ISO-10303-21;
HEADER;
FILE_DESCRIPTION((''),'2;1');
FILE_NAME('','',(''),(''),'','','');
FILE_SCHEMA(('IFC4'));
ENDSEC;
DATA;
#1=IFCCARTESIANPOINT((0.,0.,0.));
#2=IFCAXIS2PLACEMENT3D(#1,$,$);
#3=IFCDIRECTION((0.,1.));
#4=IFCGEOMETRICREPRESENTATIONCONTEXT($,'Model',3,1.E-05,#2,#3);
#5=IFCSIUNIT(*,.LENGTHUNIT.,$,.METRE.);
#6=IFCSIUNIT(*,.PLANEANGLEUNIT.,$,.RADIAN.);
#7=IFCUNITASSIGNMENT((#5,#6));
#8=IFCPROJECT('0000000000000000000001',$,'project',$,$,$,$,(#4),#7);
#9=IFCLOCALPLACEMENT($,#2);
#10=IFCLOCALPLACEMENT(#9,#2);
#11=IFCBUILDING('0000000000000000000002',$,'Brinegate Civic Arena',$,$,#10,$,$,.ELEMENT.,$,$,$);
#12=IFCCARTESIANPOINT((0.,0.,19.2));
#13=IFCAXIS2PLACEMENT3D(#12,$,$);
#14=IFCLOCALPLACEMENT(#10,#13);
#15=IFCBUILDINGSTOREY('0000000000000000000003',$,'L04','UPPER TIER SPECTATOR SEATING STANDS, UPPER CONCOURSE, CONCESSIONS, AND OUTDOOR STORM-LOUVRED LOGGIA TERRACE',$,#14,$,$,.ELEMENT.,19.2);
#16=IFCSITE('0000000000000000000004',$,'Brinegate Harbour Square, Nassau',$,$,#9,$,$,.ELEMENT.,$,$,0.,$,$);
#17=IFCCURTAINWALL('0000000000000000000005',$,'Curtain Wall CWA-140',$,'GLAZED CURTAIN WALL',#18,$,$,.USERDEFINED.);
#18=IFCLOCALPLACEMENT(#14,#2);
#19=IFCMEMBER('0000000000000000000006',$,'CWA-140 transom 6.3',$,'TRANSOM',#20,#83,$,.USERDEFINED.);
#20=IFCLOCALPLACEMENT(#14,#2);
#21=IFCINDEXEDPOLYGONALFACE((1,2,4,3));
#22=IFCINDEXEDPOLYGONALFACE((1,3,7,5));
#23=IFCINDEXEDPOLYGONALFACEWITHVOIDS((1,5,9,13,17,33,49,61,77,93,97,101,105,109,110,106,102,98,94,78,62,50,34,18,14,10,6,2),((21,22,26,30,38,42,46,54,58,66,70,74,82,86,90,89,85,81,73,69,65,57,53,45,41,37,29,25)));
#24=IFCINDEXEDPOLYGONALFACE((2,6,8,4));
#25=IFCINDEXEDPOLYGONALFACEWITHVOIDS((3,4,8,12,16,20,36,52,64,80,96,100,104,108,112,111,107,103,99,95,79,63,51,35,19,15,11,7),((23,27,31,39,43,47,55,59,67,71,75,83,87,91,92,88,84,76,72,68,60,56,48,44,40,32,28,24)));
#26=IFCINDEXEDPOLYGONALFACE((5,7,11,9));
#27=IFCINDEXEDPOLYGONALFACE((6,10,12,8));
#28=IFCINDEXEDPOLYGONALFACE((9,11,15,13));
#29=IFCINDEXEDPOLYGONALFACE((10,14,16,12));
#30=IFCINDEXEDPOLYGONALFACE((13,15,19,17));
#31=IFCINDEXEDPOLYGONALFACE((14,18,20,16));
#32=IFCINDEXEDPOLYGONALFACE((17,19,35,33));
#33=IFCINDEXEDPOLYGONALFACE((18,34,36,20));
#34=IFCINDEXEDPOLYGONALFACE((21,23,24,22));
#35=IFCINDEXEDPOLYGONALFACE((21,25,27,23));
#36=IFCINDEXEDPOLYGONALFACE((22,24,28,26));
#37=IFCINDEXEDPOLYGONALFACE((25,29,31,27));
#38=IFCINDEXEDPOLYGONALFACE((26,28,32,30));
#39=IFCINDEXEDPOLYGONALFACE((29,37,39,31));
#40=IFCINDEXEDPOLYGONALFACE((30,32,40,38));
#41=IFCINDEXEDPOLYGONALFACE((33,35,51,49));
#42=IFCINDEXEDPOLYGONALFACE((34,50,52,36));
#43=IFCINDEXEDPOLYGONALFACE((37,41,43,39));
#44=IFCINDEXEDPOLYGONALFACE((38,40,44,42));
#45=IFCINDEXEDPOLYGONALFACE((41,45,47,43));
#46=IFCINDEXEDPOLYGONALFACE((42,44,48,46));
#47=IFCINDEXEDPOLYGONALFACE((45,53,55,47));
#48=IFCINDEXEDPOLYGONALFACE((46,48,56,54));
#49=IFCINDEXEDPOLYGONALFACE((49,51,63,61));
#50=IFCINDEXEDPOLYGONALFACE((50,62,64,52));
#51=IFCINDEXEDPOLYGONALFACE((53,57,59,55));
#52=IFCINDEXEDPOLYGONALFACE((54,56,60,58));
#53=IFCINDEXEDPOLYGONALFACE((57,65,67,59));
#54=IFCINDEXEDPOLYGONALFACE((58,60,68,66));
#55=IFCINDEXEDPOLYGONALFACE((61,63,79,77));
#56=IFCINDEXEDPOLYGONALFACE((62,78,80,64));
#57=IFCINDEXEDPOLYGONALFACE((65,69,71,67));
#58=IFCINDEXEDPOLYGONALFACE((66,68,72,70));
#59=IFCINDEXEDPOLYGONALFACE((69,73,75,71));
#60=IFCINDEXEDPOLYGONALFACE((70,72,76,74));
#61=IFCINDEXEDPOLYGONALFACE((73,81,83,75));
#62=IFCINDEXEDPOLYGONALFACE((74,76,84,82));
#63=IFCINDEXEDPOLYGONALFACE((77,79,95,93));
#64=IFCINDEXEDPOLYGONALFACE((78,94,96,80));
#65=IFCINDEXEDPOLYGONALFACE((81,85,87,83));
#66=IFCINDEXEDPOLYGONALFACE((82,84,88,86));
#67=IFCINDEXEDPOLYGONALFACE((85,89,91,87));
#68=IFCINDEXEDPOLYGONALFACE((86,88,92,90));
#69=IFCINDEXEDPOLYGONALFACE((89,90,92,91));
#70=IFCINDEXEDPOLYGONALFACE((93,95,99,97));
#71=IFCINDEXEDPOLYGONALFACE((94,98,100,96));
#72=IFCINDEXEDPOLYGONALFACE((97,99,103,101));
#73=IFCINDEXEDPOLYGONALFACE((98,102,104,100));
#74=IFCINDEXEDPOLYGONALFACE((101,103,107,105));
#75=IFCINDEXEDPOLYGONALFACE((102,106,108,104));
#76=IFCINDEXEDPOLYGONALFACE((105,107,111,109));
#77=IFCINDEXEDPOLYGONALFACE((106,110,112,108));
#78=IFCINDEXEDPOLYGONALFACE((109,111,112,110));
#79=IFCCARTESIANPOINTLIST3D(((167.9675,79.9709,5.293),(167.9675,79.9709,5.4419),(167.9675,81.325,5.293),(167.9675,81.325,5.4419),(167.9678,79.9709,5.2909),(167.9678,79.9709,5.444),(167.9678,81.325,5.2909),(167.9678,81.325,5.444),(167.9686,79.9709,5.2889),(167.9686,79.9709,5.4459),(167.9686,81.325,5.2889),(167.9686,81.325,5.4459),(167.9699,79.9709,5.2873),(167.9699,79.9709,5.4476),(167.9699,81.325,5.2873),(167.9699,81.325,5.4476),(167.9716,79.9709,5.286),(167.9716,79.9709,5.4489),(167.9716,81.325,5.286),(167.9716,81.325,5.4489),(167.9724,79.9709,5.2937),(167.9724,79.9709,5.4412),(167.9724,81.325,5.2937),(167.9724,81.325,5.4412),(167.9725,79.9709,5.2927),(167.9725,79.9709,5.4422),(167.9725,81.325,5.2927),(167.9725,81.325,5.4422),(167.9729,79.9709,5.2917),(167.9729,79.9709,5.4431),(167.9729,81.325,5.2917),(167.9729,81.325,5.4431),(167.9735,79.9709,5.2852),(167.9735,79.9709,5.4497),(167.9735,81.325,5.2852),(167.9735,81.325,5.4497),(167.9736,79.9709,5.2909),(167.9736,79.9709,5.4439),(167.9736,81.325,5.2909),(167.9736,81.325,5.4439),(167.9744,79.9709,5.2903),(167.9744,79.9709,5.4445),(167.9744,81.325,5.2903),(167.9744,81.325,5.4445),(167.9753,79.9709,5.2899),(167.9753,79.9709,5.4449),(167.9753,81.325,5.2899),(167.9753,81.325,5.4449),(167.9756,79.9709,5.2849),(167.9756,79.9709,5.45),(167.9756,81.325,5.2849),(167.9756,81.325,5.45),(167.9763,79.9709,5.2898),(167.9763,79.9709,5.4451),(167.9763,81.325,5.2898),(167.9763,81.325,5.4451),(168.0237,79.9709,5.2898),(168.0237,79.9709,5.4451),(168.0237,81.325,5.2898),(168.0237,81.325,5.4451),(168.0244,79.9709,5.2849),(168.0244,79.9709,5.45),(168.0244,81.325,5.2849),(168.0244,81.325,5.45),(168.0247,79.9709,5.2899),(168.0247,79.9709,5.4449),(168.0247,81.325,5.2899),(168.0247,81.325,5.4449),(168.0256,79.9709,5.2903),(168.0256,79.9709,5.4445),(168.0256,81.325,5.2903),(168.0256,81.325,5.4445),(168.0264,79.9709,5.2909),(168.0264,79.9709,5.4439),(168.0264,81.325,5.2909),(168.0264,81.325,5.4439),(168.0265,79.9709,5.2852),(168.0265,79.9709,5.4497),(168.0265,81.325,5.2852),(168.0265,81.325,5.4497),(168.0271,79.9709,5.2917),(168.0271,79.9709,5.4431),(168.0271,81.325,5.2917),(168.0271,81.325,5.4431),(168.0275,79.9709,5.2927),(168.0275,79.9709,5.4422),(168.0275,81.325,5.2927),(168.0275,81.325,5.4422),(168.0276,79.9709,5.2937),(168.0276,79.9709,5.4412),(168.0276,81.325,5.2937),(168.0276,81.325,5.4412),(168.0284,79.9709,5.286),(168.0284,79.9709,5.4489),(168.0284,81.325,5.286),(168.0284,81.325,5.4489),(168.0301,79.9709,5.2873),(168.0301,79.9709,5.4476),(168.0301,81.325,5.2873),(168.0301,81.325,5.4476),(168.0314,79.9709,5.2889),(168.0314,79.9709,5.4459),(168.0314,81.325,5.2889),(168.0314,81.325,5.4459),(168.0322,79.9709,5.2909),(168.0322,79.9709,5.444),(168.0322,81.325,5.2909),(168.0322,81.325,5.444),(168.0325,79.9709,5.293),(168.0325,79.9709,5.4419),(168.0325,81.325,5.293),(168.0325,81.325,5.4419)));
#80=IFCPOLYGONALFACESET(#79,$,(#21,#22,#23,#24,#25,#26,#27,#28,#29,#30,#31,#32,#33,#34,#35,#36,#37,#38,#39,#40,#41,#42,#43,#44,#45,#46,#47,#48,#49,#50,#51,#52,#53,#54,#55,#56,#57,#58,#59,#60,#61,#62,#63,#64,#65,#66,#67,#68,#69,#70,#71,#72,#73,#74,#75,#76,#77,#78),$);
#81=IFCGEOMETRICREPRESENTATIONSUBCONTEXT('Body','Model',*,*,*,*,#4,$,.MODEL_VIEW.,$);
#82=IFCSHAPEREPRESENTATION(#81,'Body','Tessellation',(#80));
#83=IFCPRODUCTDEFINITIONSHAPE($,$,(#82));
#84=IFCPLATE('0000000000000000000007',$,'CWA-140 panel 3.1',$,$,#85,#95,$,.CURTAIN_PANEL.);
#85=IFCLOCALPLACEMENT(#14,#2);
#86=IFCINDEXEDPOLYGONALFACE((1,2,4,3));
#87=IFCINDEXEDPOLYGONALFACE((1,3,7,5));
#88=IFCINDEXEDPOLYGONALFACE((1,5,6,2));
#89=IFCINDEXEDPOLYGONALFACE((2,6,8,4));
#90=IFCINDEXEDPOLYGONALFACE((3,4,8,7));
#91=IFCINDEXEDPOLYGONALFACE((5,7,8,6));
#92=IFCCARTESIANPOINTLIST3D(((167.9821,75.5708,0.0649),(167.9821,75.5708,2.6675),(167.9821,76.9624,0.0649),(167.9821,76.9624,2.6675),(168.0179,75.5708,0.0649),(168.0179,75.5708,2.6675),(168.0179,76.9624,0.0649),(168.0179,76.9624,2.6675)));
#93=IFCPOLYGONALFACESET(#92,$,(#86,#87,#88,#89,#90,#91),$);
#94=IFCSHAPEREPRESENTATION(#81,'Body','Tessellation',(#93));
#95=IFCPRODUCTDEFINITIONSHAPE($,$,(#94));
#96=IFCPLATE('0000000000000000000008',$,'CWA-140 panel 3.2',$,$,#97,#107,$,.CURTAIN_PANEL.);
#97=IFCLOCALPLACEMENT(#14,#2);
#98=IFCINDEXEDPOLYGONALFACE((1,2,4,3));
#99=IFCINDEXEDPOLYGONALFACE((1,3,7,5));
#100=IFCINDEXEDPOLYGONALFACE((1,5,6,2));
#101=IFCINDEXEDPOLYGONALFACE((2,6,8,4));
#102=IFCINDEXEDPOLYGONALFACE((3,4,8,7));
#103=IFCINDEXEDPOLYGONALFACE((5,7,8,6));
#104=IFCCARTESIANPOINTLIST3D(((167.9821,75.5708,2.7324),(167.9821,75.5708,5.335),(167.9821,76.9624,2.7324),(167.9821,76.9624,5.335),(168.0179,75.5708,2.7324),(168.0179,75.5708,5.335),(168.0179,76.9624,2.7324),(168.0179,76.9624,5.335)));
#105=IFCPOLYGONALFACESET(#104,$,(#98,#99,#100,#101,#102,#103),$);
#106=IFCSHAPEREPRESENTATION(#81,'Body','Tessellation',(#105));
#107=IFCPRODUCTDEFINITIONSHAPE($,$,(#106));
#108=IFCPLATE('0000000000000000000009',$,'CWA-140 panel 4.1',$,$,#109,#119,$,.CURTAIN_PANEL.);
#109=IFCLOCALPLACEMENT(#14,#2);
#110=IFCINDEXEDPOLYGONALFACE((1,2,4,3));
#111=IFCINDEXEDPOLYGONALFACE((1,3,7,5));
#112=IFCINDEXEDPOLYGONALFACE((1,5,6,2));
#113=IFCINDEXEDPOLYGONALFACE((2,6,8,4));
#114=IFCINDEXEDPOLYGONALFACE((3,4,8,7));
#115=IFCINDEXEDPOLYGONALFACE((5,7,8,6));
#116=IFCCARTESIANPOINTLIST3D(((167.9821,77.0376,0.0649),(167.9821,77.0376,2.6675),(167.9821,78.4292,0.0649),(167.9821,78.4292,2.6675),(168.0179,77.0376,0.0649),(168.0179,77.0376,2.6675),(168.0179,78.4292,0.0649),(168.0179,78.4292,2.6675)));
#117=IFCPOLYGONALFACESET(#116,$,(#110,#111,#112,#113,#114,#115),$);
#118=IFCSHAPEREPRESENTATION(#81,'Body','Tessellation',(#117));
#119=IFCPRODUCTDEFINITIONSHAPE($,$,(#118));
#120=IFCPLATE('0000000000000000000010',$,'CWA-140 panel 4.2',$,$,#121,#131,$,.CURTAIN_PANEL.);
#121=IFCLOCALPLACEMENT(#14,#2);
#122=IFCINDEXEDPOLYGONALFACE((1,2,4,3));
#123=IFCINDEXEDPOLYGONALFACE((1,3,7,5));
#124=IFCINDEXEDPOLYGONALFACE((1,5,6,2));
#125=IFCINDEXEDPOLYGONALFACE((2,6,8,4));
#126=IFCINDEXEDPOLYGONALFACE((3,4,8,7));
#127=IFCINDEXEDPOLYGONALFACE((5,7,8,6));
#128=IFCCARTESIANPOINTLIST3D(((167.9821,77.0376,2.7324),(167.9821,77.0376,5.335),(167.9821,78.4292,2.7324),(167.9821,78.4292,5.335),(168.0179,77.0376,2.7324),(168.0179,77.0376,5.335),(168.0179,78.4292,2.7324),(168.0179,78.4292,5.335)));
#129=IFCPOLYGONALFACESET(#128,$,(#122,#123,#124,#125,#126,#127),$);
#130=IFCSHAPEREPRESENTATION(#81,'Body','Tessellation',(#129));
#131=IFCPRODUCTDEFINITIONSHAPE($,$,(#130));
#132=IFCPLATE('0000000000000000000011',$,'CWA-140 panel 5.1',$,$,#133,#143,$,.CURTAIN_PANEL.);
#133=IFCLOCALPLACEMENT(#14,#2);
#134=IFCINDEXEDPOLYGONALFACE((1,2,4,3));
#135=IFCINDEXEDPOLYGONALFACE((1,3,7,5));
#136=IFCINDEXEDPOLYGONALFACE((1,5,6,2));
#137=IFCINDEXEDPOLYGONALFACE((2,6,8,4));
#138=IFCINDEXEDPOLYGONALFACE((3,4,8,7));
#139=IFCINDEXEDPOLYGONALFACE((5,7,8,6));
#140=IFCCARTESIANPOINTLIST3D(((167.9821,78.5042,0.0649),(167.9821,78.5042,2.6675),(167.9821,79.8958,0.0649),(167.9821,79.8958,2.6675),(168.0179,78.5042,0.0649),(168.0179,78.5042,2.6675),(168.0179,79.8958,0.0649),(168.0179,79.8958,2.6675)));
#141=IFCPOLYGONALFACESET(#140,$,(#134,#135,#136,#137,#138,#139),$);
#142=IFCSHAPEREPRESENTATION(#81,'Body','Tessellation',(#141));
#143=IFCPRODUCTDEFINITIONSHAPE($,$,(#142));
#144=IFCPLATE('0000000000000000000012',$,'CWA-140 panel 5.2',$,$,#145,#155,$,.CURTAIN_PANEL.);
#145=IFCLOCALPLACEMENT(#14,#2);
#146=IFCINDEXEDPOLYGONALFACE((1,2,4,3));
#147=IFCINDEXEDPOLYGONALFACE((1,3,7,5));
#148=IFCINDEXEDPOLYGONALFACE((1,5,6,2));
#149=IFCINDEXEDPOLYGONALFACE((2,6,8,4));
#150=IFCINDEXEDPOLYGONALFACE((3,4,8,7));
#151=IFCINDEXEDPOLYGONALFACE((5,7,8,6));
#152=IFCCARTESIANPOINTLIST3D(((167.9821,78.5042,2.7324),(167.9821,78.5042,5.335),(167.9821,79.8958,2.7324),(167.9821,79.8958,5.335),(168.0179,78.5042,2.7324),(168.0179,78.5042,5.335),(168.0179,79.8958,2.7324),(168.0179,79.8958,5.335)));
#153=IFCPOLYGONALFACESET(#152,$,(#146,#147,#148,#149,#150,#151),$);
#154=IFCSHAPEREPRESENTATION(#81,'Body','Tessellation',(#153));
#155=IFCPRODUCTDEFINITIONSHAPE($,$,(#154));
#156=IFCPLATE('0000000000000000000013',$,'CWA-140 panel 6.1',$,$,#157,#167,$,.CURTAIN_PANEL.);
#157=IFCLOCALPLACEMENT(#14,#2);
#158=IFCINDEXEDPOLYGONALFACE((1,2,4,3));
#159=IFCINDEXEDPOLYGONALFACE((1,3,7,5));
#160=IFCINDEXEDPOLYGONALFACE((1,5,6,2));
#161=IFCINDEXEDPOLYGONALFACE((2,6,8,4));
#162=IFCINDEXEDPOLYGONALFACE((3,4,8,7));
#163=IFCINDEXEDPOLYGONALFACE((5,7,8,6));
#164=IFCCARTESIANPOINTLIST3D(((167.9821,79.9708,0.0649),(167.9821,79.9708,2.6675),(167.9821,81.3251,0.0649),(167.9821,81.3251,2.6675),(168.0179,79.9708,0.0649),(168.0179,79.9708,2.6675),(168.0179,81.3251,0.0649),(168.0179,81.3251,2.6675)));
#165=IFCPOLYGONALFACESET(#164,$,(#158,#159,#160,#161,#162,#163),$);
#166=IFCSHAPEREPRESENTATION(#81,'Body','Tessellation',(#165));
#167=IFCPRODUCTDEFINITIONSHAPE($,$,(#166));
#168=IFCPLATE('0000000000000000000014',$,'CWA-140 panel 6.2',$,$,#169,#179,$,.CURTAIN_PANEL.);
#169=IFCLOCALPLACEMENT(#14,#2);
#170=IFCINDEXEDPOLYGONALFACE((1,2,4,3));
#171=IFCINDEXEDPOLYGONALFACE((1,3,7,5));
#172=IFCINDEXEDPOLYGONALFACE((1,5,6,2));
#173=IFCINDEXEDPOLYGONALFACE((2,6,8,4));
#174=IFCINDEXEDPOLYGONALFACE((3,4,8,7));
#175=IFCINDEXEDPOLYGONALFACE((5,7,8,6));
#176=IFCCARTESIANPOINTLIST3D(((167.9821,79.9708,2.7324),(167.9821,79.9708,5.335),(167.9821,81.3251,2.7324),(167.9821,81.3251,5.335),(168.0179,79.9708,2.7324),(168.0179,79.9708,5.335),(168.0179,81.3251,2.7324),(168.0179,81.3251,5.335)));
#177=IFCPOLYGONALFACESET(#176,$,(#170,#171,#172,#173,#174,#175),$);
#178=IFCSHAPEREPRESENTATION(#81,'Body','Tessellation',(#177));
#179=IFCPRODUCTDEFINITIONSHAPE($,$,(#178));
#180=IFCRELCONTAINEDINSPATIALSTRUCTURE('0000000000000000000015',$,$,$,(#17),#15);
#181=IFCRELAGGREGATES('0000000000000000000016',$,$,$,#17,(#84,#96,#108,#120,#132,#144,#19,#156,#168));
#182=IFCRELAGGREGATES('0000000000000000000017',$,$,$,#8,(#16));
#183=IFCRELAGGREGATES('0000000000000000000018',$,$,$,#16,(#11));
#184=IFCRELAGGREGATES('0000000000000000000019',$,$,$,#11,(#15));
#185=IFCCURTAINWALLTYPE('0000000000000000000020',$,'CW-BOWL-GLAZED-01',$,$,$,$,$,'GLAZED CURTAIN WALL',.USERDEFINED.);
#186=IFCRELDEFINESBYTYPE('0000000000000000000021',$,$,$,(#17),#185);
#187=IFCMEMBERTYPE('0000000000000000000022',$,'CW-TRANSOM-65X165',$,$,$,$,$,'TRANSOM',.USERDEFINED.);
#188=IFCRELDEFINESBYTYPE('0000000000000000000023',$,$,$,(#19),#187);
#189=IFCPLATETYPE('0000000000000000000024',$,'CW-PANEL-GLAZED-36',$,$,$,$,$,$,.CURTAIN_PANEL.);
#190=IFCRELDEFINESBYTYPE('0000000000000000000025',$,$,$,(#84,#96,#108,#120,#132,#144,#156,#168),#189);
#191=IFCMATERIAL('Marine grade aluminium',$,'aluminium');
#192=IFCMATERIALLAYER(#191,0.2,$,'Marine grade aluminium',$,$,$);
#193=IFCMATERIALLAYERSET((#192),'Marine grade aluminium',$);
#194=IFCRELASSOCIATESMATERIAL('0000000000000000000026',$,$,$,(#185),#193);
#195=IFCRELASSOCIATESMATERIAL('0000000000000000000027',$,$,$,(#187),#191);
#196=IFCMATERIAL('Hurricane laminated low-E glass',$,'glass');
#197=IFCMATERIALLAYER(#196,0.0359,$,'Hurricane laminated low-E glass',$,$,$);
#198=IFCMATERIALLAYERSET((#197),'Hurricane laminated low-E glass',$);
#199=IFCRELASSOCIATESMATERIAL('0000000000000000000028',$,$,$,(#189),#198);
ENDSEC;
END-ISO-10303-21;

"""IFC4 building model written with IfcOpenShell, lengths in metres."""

from ifc_helpers import new_model, si_unit, direction, frame, origin, origin_2d, place, context, subcontext, project, spatial, rectangle, hollow_rectangle, extrude, material, layer, layer_set, material_profile, profile_set, type_object, element, aggregate, save


model = new_model("IFC4")

# Units and contexts
model_context = context("Model", 3, precision=1e-05, world=origin(), true_north=direction((0.0, 1.0)))
body_context = subcontext(model_context, "Body", "Model", "MODEL_VIEW")
ifc_project = project(units=[si_unit("LENGTHUNIT", "METRE"), si_unit("PLANEANGLEUNIT", "RADIAN")], contexts=[model_context])

# Site, building, storey
site_placement = place(None, origin())
site = spatial("IfcSite", under=ifc_project, at=site_placement, Name="Brinegate Harbour Square, Nassau", CompositionType="ELEMENT", RefElevation=0.0)
building_placement = place(site_placement, origin())
building = spatial("IfcBuilding", under=site, at=building_placement, Name="Brinegate Civic Arena", CompositionType="ELEMENT")
storey_placement = place(building_placement, frame((0.0, 0.0, 19.2)))
storey = spatial("IfcBuildingStorey", under=building, at=storey_placement, Name="L04", Description="UPPER TIER SPECTATOR SEATING STANDS, UPPER CONCOURSE, CONCESSIONS, AND OUTDOOR STORM-LOUVRED LOGGIA TERRACE", CompositionType="ELEMENT", Elevation=19.2)

# Curtain wall, member, plates
ifc_material_1 = material(Name="Marine grade aluminium", Category="aluminium")
ifc_layer_1 = layer(ifc_material_1, 0.2, Name="Marine grade aluminium")
ifc_layer_set_1 = layer_set([ifc_layer_1], Name="Marine grade aluminium")
curtain_wall_type = type_object("IfcCurtainWallType", Name="CW-BOWL-GLAZED-01", ElementType="GLAZED CURTAIN WALL", PredefinedType="USERDEFINED", material=ifc_layer_set_1)
curtain_wall_placement = place(storey_placement, origin())
curtain_wall = element("IfcCurtainWall", 1, at=curtain_wall_placement, inside=storey, type_object=curtain_wall_type, Name="Curtain Wall CWA-140", ObjectType="GLAZED CURTAIN WALL", PredefinedType="USERDEFINED")
ifc_material_profile_1 = material_profile(ifc_material_1, hollow_rectangle(XDim=0.0649, YDim=0.165, WallThickness=0.0049, InnerFilletRadius=0.0039, OuterFilletRadius=0.0081, at=origin_2d()), Name="TRN65X165")
ifc_profile_set_1 = profile_set([ifc_material_profile_1], Name="Marine grade aluminium")
member_type_1 = type_object("IfcMemberType", Name="CW-TRANSOM-65X165", ElementType="TRANSOM", PredefinedType="USERDEFINED", material=ifc_profile_set_1)
member_1_placement = place(storey_placement, frame((168.0, 79.9709, 5.3674), z_axis=(0.0, 1.0, 0.0), x_axis=(-1.0, 0.0, 0.0)))
member_1 = element("IfcMember", 2, at=member_1_placement, type_object=member_type_1, Name="CWA-140 transom 6.3", ObjectType="TRANSOM", PredefinedType="USERDEFINED", context=body_context, shape_type="SweptSolid", body=[
    extrude(hollow_rectangle(XDim=0.0649, YDim=0.165, WallThickness=0.0049, InnerFilletRadius=0.0039, OuterFilletRadius=0.0081, at=origin_2d()), origin(), (0.0, 0.0, 1.0), 1.354),
])
ifc_material_2 = material(Name="Hurricane laminated low-E glass", Category="glass")
ifc_layer_2 = layer(ifc_material_2, 0.0359, Name="Hurricane laminated low-E glass")
ifc_layer_set_2 = layer_set([ifc_layer_2], Name="Hurricane laminated low-E glass")
plate_type = type_object("IfcPlateType", Name="CW-PANEL-GLAZED-36", PredefinedType="CURTAIN_PANEL", material=ifc_layer_set_2)
plate_1_placement = place(storey_placement, frame((168.0, 76.2666, 0.0649), z_axis=(0.0, 0.0, 1.0), x_axis=(0.0, 1.0, 0.0)))
plate_1 = element("IfcPlate", 3, at=plate_1_placement, type_object=plate_type, Name="CWA-140 panel 3.1", PredefinedType="CURTAIN_PANEL", context=body_context, shape_type="SweptSolid", body=[
    extrude(rectangle(XDim=1.3916, YDim=0.0359, at=origin_2d()), origin(), (0.0, 0.0, 1.0), 2.6025),
])
plate_2_placement = place(storey_placement, frame((168.0, 76.2666, 2.7324), z_axis=(0.0, 0.0, 1.0), x_axis=(0.0, 1.0, 0.0)))
plate_2 = element("IfcPlate", 4, at=plate_2_placement, type_object=plate_type, Name="CWA-140 panel 3.2", PredefinedType="CURTAIN_PANEL", context=body_context, shape_type="SweptSolid", body=[
    extrude(rectangle(XDim=1.3916, YDim=0.0359, at=origin_2d()), origin(), (0.0, 0.0, 1.0), 2.6025),
])
plate_3_placement = place(storey_placement, frame((168.0, 77.7334, 0.0649), z_axis=(0.0, 0.0, 1.0), x_axis=(0.0, 1.0, 0.0)))
plate_3 = element("IfcPlate", 5, at=plate_3_placement, type_object=plate_type, Name="CWA-140 panel 4.1", PredefinedType="CURTAIN_PANEL", context=body_context, shape_type="SweptSolid", body=[
    extrude(rectangle(XDim=1.3916, YDim=0.0359, at=origin_2d()), origin(), (0.0, 0.0, 1.0), 2.6025),
])
plate_4_placement = place(storey_placement, frame((168.0, 77.7334, 2.7324), z_axis=(0.0, 0.0, 1.0), x_axis=(0.0, 1.0, 0.0)))
plate_4 = element("IfcPlate", 6, at=plate_4_placement, type_object=plate_type, Name="CWA-140 panel 4.2", PredefinedType="CURTAIN_PANEL", context=body_context, shape_type="SweptSolid", body=[
    extrude(rectangle(XDim=1.3916, YDim=0.0359, at=origin_2d()), origin(), (0.0, 0.0, 1.0), 2.6025),
])
plate_5_placement = place(storey_placement, frame((168.0, 79.2, 0.0649), z_axis=(0.0, 0.0, 1.0), x_axis=(0.0, 1.0, 0.0)))
plate_5 = element("IfcPlate", 7, at=plate_5_placement, type_object=plate_type, Name="CWA-140 panel 5.1", PredefinedType="CURTAIN_PANEL", context=body_context, shape_type="SweptSolid", body=[
    extrude(rectangle(XDim=1.3916, YDim=0.0359, at=origin_2d()), origin(), (0.0, 0.0, 1.0), 2.6025),
])
plate_6_placement = place(storey_placement, frame((168.0, 79.2, 2.7324), z_axis=(0.0, 0.0, 1.0), x_axis=(0.0, 1.0, 0.0)))
plate_6 = element("IfcPlate", 8, at=plate_6_placement, type_object=plate_type, Name="CWA-140 panel 5.2", PredefinedType="CURTAIN_PANEL", context=body_context, shape_type="SweptSolid", body=[
    extrude(rectangle(XDim=1.3916, YDim=0.0359, at=origin_2d()), origin(), (0.0, 0.0, 1.0), 2.6025),
])
plate_7_placement = place(storey_placement, frame((168.0, 80.6479, 0.0649), z_axis=(0.0, 0.0, 1.0), x_axis=(0.0, 1.0, 0.0)))
plate_7 = element("IfcPlate", 9, at=plate_7_placement, type_object=plate_type, Name="CWA-140 panel 6.1", PredefinedType="CURTAIN_PANEL", context=body_context, shape_type="SweptSolid", body=[
    extrude(rectangle(XDim=1.3542, YDim=0.0359, at=origin_2d()), origin(), (0.0, 0.0, 1.0), 2.6025),
])
plate_8_placement = place(storey_placement, frame((168.0, 80.6479, 2.7324), z_axis=(0.0, 0.0, 1.0), x_axis=(0.0, 1.0, 0.0)))
plate_8 = element("IfcPlate", 10, at=plate_8_placement, type_object=plate_type, Name="CWA-140 panel 6.2", PredefinedType="CURTAIN_PANEL", context=body_context, shape_type="SweptSolid", body=[
    extrude(rectangle(XDim=1.3542, YDim=0.0359, at=origin_2d()), origin(), (0.0, 0.0, 1.0), 2.6025),
])
aggregate(curtain_wall, [plate_1, plate_2, plate_3, plate_4, plate_5, plate_6, member_1, plate_7, plate_8])

save(model, "model.ifc")
